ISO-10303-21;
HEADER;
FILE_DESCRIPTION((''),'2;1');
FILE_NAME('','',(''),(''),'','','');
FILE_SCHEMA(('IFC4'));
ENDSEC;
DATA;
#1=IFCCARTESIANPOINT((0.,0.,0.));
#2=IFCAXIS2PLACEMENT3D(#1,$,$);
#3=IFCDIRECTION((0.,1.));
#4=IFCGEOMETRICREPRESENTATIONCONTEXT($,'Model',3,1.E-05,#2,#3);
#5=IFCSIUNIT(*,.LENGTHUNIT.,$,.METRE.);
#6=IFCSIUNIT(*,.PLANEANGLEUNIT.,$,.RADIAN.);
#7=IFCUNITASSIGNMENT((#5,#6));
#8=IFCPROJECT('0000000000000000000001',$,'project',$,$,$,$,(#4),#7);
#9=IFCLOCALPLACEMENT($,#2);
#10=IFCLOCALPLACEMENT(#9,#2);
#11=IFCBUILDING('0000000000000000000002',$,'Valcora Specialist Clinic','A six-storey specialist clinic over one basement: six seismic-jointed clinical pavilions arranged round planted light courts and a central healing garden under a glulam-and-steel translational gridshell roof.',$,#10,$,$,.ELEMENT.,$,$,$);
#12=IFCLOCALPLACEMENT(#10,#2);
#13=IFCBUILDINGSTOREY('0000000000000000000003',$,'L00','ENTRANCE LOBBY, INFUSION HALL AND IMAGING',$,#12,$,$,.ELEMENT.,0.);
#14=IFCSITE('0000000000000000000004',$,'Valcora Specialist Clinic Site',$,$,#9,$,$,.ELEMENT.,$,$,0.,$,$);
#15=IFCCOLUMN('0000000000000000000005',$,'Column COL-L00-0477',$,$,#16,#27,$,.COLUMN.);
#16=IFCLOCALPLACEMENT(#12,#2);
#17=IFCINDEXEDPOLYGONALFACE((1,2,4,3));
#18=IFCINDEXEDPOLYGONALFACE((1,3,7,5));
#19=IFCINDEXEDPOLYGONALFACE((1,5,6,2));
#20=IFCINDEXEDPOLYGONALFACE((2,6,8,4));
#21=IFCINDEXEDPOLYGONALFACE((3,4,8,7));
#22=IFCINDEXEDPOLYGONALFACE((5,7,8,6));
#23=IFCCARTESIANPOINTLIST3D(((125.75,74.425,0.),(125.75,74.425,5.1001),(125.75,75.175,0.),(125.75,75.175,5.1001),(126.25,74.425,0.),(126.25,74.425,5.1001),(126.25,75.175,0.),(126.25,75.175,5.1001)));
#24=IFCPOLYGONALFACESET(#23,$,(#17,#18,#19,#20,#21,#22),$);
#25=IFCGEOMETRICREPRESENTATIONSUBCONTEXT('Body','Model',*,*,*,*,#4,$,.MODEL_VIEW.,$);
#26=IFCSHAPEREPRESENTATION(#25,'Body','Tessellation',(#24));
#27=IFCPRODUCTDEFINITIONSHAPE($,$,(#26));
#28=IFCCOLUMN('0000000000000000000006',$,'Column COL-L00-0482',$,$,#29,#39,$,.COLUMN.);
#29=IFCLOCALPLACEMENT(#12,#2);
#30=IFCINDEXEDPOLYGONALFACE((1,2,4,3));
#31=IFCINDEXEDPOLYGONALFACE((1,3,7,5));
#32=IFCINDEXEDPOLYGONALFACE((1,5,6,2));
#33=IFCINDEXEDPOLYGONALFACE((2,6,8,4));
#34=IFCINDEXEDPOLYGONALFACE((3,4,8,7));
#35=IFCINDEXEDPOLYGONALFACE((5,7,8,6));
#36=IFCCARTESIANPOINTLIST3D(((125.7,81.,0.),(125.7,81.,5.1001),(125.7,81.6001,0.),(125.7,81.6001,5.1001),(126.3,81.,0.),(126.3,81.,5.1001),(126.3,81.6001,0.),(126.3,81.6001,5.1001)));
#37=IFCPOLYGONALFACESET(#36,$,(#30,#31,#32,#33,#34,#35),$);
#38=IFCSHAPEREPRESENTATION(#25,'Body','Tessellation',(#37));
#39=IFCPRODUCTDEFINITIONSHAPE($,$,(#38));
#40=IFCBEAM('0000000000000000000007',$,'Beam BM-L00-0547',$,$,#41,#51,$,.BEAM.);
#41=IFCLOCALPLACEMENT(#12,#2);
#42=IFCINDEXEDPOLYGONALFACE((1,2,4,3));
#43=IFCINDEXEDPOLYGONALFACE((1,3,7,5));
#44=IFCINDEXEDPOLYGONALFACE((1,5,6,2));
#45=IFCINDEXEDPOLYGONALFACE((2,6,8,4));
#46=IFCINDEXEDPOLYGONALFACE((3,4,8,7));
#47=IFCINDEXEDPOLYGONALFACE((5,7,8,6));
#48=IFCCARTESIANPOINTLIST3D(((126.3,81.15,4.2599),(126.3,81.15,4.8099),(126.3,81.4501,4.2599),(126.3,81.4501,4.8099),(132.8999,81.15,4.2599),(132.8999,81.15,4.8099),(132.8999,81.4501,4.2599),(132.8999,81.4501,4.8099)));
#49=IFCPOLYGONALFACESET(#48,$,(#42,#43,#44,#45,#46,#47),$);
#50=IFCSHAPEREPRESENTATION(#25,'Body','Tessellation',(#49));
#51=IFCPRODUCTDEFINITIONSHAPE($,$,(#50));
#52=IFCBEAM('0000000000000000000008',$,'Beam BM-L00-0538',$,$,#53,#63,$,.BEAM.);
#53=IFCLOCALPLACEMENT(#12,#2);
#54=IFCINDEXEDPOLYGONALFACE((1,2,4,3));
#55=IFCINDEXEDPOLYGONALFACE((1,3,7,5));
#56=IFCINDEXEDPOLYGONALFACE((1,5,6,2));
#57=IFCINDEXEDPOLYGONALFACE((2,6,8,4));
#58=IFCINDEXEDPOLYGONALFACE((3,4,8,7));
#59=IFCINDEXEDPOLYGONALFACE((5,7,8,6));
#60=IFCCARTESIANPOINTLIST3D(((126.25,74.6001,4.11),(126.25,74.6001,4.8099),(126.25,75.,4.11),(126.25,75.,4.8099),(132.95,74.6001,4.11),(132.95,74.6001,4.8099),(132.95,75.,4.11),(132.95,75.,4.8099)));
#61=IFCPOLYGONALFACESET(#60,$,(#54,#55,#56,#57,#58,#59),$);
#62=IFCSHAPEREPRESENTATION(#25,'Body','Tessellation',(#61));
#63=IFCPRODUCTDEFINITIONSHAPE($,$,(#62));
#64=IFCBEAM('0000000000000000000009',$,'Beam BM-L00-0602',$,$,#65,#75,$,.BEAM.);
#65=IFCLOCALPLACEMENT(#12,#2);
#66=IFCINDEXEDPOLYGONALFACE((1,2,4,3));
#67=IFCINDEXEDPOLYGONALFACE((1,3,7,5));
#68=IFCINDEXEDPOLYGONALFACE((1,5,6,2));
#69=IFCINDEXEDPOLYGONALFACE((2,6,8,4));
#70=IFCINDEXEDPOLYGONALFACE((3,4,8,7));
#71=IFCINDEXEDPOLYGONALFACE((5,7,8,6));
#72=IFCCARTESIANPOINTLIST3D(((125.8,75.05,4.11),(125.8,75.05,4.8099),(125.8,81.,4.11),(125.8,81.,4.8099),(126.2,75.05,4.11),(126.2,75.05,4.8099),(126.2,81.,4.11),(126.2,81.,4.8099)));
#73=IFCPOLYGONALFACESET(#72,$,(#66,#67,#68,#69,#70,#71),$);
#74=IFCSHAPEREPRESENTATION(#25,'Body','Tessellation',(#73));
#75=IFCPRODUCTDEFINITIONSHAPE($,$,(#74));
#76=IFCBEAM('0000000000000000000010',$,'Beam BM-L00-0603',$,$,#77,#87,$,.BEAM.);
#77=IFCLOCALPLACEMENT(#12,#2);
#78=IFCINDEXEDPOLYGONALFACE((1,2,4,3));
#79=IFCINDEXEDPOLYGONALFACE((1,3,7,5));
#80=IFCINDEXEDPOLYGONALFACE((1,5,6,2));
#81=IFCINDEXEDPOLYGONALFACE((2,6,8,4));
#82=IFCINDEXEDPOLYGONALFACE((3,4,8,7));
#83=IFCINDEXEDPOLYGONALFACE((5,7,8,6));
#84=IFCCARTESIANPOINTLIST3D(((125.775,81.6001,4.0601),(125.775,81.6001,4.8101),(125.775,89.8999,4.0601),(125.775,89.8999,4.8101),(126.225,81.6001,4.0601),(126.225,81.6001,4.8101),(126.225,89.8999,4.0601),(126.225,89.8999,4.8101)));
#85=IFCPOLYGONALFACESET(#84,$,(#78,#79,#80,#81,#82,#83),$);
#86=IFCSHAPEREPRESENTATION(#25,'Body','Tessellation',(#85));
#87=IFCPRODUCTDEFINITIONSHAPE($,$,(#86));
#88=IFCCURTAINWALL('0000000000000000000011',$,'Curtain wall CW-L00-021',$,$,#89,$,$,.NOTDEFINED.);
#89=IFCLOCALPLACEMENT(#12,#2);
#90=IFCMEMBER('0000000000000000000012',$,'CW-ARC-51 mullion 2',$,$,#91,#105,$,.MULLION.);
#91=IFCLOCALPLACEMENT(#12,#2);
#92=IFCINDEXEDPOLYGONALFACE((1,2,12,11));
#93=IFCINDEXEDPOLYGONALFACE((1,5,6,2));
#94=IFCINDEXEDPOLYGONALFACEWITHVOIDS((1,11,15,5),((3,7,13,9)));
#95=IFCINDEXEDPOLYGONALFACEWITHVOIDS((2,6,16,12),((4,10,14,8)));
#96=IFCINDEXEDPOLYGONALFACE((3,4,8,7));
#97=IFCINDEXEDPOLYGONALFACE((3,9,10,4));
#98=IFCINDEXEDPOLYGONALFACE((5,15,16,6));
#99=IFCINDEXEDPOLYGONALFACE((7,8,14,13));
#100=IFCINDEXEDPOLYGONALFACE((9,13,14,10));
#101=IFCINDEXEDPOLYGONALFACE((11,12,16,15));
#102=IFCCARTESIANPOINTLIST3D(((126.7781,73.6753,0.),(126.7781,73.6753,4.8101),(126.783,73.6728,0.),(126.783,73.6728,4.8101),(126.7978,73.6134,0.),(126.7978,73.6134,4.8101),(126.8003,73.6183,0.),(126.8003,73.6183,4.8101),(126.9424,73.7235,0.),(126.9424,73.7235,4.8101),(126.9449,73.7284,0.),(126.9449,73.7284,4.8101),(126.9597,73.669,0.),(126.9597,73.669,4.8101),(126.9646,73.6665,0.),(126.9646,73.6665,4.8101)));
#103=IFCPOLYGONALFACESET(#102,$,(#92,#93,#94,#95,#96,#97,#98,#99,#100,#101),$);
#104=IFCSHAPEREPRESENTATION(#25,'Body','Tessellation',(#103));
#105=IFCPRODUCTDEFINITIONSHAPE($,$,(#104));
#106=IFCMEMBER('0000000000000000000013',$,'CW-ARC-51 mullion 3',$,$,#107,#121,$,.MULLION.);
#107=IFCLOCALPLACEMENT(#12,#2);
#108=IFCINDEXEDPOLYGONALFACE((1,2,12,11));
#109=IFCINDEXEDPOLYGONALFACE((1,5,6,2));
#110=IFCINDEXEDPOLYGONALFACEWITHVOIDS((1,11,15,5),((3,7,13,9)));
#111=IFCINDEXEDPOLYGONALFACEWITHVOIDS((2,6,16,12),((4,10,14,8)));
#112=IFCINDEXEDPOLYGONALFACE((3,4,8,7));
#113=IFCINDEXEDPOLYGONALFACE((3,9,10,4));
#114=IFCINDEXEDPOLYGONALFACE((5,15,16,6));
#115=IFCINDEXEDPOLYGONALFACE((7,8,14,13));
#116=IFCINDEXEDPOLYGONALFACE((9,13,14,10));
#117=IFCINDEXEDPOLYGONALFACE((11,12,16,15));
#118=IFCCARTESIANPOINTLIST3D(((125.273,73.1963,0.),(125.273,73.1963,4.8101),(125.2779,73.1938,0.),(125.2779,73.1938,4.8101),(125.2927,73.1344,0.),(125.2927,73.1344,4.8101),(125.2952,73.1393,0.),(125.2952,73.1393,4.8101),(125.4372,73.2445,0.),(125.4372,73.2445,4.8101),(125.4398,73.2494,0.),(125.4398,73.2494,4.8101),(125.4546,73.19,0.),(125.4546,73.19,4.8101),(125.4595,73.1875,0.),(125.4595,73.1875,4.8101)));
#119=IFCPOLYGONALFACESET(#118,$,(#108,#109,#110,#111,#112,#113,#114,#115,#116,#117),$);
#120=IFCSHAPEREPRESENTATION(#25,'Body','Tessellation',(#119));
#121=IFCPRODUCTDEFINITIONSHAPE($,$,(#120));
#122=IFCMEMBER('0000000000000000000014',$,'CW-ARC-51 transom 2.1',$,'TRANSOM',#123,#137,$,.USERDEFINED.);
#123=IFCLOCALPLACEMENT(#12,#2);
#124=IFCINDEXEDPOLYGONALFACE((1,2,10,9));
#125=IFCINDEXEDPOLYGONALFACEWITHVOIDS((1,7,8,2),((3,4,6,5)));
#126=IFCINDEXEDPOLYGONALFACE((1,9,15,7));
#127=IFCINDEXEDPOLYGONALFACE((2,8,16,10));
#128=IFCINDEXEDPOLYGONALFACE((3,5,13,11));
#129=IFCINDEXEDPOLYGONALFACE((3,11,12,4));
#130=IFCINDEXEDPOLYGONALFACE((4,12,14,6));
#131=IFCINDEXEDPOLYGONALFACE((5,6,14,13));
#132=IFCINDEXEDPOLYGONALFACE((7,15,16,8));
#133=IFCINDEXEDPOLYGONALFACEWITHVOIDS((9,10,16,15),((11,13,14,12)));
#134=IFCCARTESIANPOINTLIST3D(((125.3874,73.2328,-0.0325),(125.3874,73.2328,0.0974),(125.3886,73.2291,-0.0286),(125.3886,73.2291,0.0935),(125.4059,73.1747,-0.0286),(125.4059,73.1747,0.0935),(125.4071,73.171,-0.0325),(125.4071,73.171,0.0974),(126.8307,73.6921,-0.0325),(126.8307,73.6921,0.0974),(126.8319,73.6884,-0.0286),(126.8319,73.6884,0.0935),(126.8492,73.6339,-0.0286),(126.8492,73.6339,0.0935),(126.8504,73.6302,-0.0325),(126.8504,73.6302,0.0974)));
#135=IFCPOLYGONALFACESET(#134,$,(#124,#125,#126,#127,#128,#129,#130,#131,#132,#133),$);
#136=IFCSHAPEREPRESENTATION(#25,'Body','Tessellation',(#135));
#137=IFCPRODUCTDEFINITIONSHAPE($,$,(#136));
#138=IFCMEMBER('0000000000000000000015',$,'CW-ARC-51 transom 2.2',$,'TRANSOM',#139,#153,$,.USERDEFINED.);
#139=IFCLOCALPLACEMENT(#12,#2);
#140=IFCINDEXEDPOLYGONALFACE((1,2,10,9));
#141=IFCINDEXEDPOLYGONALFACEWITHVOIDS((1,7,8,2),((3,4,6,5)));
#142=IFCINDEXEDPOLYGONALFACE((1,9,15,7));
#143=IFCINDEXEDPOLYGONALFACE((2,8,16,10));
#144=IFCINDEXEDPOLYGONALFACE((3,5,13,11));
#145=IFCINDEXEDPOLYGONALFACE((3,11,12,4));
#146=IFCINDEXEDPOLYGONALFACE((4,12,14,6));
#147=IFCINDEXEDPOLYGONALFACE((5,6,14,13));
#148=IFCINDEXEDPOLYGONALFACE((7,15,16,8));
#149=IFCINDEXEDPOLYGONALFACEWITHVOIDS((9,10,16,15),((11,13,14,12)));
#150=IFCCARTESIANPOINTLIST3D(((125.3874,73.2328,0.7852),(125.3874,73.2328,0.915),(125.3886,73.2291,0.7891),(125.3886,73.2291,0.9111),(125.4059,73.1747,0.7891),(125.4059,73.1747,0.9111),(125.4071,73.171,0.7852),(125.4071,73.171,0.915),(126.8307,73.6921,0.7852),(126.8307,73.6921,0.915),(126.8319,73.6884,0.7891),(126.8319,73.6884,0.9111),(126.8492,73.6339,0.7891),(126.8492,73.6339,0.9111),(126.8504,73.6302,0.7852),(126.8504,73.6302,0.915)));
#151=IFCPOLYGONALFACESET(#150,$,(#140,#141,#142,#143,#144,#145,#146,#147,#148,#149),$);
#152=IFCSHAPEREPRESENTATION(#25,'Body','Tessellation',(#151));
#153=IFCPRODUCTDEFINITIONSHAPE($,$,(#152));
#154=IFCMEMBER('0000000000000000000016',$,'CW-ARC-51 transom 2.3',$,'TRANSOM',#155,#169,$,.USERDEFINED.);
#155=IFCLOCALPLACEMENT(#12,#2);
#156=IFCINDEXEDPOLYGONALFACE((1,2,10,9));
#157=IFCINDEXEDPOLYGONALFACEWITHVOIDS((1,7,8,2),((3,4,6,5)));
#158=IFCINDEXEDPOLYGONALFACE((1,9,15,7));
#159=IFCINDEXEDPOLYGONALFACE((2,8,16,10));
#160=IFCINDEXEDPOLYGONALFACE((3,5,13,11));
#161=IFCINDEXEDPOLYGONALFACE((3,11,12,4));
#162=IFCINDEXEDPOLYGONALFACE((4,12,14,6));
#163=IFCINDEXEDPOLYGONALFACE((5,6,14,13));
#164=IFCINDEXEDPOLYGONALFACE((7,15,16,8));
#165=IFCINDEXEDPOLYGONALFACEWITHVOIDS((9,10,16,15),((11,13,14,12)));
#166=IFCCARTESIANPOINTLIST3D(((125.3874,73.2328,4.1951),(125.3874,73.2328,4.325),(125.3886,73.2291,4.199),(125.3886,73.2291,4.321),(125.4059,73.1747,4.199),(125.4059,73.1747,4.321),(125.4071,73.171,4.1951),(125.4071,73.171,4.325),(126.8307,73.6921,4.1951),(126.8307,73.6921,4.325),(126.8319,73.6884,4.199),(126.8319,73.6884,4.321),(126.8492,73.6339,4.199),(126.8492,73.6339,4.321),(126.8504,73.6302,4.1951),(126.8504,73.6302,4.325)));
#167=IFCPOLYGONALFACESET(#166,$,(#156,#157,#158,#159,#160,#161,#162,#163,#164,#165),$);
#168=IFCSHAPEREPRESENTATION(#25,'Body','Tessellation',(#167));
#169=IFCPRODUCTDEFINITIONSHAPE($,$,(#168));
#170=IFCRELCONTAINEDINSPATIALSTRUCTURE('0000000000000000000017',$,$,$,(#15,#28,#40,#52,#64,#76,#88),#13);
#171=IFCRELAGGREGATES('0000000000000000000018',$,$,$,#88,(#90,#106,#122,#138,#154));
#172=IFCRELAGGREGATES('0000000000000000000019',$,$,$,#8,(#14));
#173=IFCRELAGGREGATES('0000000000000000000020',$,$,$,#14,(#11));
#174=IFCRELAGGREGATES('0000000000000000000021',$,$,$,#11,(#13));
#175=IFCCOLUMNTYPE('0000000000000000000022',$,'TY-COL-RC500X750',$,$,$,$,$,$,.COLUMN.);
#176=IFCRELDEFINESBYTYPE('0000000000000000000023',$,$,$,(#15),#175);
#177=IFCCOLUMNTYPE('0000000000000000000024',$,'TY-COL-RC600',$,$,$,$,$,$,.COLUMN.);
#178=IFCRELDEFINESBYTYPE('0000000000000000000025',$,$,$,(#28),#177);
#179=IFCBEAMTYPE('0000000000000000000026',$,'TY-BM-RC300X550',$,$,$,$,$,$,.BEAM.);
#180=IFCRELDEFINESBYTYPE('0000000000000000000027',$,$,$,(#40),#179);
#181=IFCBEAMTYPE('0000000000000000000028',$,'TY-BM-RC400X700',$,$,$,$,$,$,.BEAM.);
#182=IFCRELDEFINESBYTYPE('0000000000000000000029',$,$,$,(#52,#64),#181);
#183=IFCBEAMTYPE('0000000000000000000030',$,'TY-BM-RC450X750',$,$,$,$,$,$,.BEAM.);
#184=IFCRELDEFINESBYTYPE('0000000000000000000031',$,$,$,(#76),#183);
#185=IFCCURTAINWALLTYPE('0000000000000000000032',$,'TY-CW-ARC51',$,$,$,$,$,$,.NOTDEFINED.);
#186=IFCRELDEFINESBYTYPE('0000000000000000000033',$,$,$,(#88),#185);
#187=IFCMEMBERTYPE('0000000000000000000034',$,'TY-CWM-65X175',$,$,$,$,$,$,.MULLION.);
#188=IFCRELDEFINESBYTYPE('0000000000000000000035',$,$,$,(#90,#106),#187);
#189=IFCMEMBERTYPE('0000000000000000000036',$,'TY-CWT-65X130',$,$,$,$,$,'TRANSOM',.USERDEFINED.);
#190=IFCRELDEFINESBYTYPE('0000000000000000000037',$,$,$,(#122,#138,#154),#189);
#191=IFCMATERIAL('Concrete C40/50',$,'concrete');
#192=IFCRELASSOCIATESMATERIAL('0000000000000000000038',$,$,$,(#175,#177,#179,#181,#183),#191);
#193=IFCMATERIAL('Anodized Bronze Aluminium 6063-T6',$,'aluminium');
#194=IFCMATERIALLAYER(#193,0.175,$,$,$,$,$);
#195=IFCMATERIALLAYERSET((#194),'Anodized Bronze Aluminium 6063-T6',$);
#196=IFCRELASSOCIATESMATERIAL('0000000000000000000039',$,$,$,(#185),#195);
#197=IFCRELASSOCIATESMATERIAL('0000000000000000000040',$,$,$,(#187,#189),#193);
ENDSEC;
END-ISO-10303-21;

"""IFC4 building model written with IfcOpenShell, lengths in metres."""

from ifc_helpers import new_model, si_unit, direction, frame, origin, origin_2d, place, context, subcontext, project, spatial, rectangle, hollow_rectangle, extrude, material, layer, layer_set, material_profile, profile_set, type_object, element, aggregate, save


model = new_model("IFC4")

# Units and contexts
model_context = context("Model", 3, precision=1e-05, world=origin(), true_north=direction((0.0, 1.0)))
body_context = subcontext(model_context, "Body", "Model", "MODEL_VIEW")
ifc_project = project(units=[si_unit("LENGTHUNIT", "METRE"), si_unit("PLANEANGLEUNIT", "RADIAN")], contexts=[model_context])

# Site, building, storey
site_placement = place(None, origin())
site = spatial("IfcSite", under=ifc_project, at=site_placement, Name="Valcora Specialist Clinic Site", CompositionType="ELEMENT", RefElevation=0.0)
building_placement = place(site_placement, origin())
building = spatial("IfcBuilding", under=site, at=building_placement, Name="Valcora Specialist Clinic", Description="A six-storey specialist clinic over one basement: six seismic-jointed clinical pavilions arranged round planted light courts and a central healing garden under a glulam-and-steel translational gridshell roof.", CompositionType="ELEMENT")
storey_placement = place(building_placement, origin())
storey = spatial("IfcBuildingStorey", under=building, at=storey_placement, Name="L00", Description="ENTRANCE LOBBY, INFUSION HALL AND IMAGING", CompositionType="ELEMENT", Elevation=0.0)

# Columns
ifc_material_1 = material(Name="Concrete C40/50", Category="concrete")
ifc_material_profile_1 = material_profile(ifc_material_1, rectangle(XDim=0.5, YDim=0.75, at=origin_2d()), Name="RC-COL-500X750")
ifc_profile_set_1 = profile_set([ifc_material_profile_1], Name="Concrete C40/50")
column_type_1 = type_object("IfcColumnType", Name="TY-COL-RC500X750", PredefinedType="COLUMN", material=ifc_profile_set_1)
column_1_placement = place(storey_placement, frame((126.0, 74.8, 0.0), z_axis=(0.0, 0.0, 1.0), x_axis=(1.0, 0.0, 0.0)))
element("IfcColumn", 1, at=column_1_placement, inside=storey, type_object=column_type_1, Name="Column COL-L00-0477", PredefinedType="COLUMN", context=body_context, shape_type="SweptSolid", body=[
    extrude(rectangle(XDim=0.5, YDim=0.75, at=origin_2d()), origin(), (0.0, 0.0, 1.0), 5.1001),
])
ifc_material_profile_2 = material_profile(ifc_material_1, rectangle(XDim=0.6001, YDim=0.6001, at=origin_2d()), Name="RC-COL-600X600")
ifc_profile_set_2 = profile_set([ifc_material_profile_2], Name="Concrete C40/50")
column_type_2 = type_object("IfcColumnType", Name="TY-COL-RC600", PredefinedType="COLUMN", material=ifc_profile_set_2)
column_2_placement = place(storey_placement, frame((126.0, 81.3, 0.0), z_axis=(0.0, 0.0, 1.0), x_axis=(1.0, 0.0, 0.0)))
element("IfcColumn", 2, at=column_2_placement, inside=storey, type_object=column_type_2, Name="Column COL-L00-0482", PredefinedType="COLUMN", context=body_context, shape_type="SweptSolid", body=[
    extrude(rectangle(XDim=0.6001, YDim=0.6001, at=origin_2d()), origin(), (0.0, 0.0, 1.0), 5.1001),
])

# Beams
ifc_material_profile_3 = material_profile(ifc_material_1, rectangle(XDim=0.3, YDim=0.55, at=origin_2d()), Name="RC-BM-300X550")
ifc_profile_set_3 = profile_set([ifc_material_profile_3], Name="Concrete C40/50")
beam_type_1 = type_object("IfcBeamType", Name="TY-BM-RC300X550", PredefinedType="BEAM", material=ifc_profile_set_3)
beam_1_placement = place(storey_placement, frame((126.3, 81.3, 4.5349), z_axis=(1.0, 0.0, 0.0), x_axis=(0.0, 1.0, 0.0)))
element("IfcBeam", 3, at=beam_1_placement, inside=storey, type_object=beam_type_1, Name="Beam BM-L00-0547", PredefinedType="BEAM", context=body_context, shape_type="SweptSolid", body=[
    extrude(rectangle(XDim=0.3, YDim=0.55, at=origin_2d()), origin(), (0.0, 0.0, 1.0), 6.5999),
])
ifc_material_profile_4 = material_profile(ifc_material_1, rectangle(XDim=0.3999, YDim=0.7, at=origin_2d()), Name="RC-BM-400X700")
ifc_profile_set_4 = profile_set([ifc_material_profile_4], Name="Concrete C40/50")
beam_type_2 = type_object("IfcBeamType", Name="TY-BM-RC400X700", PredefinedType="BEAM", material=ifc_profile_set_4)
beam_2_placement = place(storey_placement, frame((126.25, 74.8, 4.46), z_axis=(1.0, 0.0, 0.0), x_axis=(0.0, 1.0, 0.0)))
element("IfcBeam", 4, at=beam_2_placement, inside=storey, type_object=beam_type_2, Name="Beam BM-L00-0538", PredefinedType="BEAM", context=body_context, shape_type="SweptSolid", body=[
    extrude(rectangle(XDim=0.3999, YDim=0.7, at=origin_2d()), origin(), (0.0, 0.0, 1.0), 6.7),
])
beam_3_placement = place(storey_placement, frame((126.0, 75.05, 4.46), z_axis=(0.0, 1.0, 0.0), x_axis=(-1.0, 0.0, 0.0)))
element("IfcBeam", 5, at=beam_3_placement, inside=storey, type_object=beam_type_2, Name="Beam BM-L00-0602", PredefinedType="BEAM", context=body_context, shape_type="SweptSolid", body=[
    extrude(rectangle(XDim=0.3999, YDim=0.7, at=origin_2d()), origin(), (0.0, 0.0, 1.0), 5.95),
])
ifc_material_profile_5 = material_profile(ifc_material_1, rectangle(XDim=0.45, YDim=0.75, at=origin_2d()), Name="RC-BM-450X750")
ifc_profile_set_5 = profile_set([ifc_material_profile_5], Name="Concrete C40/50")
beam_type_3 = type_object("IfcBeamType", Name="TY-BM-RC450X750", PredefinedType="BEAM", material=ifc_profile_set_5)
beam_4_placement = place(storey_placement, frame((126.0, 81.6001, 4.4351), z_axis=(0.0, 1.0, 0.0), x_axis=(-1.0, 0.0, 0.0)))
element("IfcBeam", 6, at=beam_4_placement, inside=storey, type_object=beam_type_3, Name="Beam BM-L00-0603", PredefinedType="BEAM", context=body_context, shape_type="SweptSolid", body=[
    extrude(rectangle(XDim=0.45, YDim=0.75, at=origin_2d()), origin(), (0.0, 0.0, 1.0), 8.2998),
])

# Curtain wall, members
ifc_material_2 = material(Name="Anodized Bronze Aluminium 6063-T6", Category="aluminium")
ifc_layer_1 = layer(ifc_material_2, 0.175)
ifc_layer_set_1 = layer_set([ifc_layer_1], Name="Anodized Bronze Aluminium 6063-T6")
curtain_wall_type_1 = type_object("IfcCurtainWallType", Name="TY-CW-ARC51", PredefinedType="NOTDEFINED", material=ifc_layer_set_1)
curtain_wall_1_placement = place(storey_placement, origin())
curtain_wall_1 = element("IfcCurtainWall", 7, at=curtain_wall_1_placement, inside=storey, type_object=curtain_wall_type_1, Name="Curtain wall CW-L00-021", PredefinedType="NOTDEFINED")
ifc_material_profile_6 = material_profile(ifc_material_2, hollow_rectangle(XDim=0.0649, YDim=0.175, WallThickness=0.0039, at=origin_2d()), Name="AL-MUL-65X175")
ifc_profile_set_6 = profile_set([ifc_material_profile_6], Name="Anodized Bronze Aluminium 6063-T6")
member_type_1 = type_object("IfcMemberType", Name="TY-CWM-65X175", PredefinedType="MULLION", material=ifc_profile_set_6)
member_1_placement = place(storey_placement, frame((126.8713, 73.6709, 0.0), z_axis=(0.0, 0.0, 1.0), x_axis=(0.303233, -0.952916, 0.0)))
member_1 = element("IfcMember", 8, at=member_1_placement, type_object=member_type_1, Name="CW-ARC-51 mullion 2", PredefinedType="MULLION", context=body_context, shape_type="SweptSolid", body=[
    extrude(hollow_rectangle(XDim=0.0649, YDim=0.175, WallThickness=0.0039, at=origin_2d()), origin(), (0.0, 0.0, 1.0), 4.8101),
])
member_2_placement = place(storey_placement, frame((125.3662, 73.1919, 0.0), z_axis=(0.0, 0.0, 1.0), x_axis=(0.303233, -0.952916, 0.0)))
member_2 = element("IfcMember", 9, at=member_2_placement, type_object=member_type_1, Name="CW-ARC-51 mullion 3", PredefinedType="MULLION", context=body_context, shape_type="SweptSolid", body=[
    extrude(hollow_rectangle(XDim=0.0649, YDim=0.175, WallThickness=0.0039, at=origin_2d()), origin(), (0.0, 0.0, 1.0), 4.8101),
])
ifc_material_profile_7 = material_profile(ifc_material_2, hollow_rectangle(XDim=0.0649, YDim=0.1299, WallThickness=0.0039, at=origin_2d()), Name="AL-TRN-65X130")
ifc_profile_set_7 = profile_set([ifc_material_profile_7], Name="Anodized Bronze Aluminium 6063-T6")
member_type_2 = type_object("IfcMemberType", Name="TY-CWT-65X130", ElementType="TRANSOM", PredefinedType="USERDEFINED", material=ifc_profile_set_7)
member_3_placement = place(storey_placement, frame((126.8406, 73.6611, 0.0325), z_axis=(-0.95293, -0.30319, 0.0), x_axis=(0.30319, -0.95293, 0.0)))
member_3 = element("IfcMember", 10, at=member_3_placement, type_object=member_type_2, Name="CW-ARC-51 transom 2.1", ObjectType="TRANSOM", PredefinedType="USERDEFINED", context=body_context, shape_type="SweptSolid", body=[
    extrude(hollow_rectangle(XDim=0.0649, YDim=0.1299, WallThickness=0.0039, at=origin_2d()), origin(), (0.0, 0.0, 1.0), 1.5146),
])
member_4_placement = place(storey_placement, frame((126.8406, 73.6611, 0.8501), z_axis=(-0.95293, -0.30319, 0.0), x_axis=(0.30319, -0.95293, 0.0)))
member_4 = element("IfcMember", 11, at=member_4_placement, type_object=member_type_2, Name="CW-ARC-51 transom 2.2", ObjectType="TRANSOM", PredefinedType="USERDEFINED", context=body_context, shape_type="SweptSolid", body=[
    extrude(hollow_rectangle(XDim=0.0649, YDim=0.1299, WallThickness=0.0039, at=origin_2d()), origin(), (0.0, 0.0, 1.0), 1.5146),
])
member_5_placement = place(storey_placement, frame((126.8406, 73.6611, 4.26), z_axis=(-0.95293, -0.30319, 0.0), x_axis=(0.30319, -0.95293, 0.0)))
member_5 = element("IfcMember", 12, at=member_5_placement, type_object=member_type_2, Name="CW-ARC-51 transom 2.3", ObjectType="TRANSOM", PredefinedType="USERDEFINED", context=body_context, shape_type="SweptSolid", body=[
    extrude(hollow_rectangle(XDim=0.0649, YDim=0.1299, WallThickness=0.0039, at=origin_2d()), origin(), (0.0, 0.0, 1.0), 1.5146),
])

aggregate(curtain_wall_1, [member_1, member_2, member_3, member_4, member_5])

save(model, "model.ifc")
